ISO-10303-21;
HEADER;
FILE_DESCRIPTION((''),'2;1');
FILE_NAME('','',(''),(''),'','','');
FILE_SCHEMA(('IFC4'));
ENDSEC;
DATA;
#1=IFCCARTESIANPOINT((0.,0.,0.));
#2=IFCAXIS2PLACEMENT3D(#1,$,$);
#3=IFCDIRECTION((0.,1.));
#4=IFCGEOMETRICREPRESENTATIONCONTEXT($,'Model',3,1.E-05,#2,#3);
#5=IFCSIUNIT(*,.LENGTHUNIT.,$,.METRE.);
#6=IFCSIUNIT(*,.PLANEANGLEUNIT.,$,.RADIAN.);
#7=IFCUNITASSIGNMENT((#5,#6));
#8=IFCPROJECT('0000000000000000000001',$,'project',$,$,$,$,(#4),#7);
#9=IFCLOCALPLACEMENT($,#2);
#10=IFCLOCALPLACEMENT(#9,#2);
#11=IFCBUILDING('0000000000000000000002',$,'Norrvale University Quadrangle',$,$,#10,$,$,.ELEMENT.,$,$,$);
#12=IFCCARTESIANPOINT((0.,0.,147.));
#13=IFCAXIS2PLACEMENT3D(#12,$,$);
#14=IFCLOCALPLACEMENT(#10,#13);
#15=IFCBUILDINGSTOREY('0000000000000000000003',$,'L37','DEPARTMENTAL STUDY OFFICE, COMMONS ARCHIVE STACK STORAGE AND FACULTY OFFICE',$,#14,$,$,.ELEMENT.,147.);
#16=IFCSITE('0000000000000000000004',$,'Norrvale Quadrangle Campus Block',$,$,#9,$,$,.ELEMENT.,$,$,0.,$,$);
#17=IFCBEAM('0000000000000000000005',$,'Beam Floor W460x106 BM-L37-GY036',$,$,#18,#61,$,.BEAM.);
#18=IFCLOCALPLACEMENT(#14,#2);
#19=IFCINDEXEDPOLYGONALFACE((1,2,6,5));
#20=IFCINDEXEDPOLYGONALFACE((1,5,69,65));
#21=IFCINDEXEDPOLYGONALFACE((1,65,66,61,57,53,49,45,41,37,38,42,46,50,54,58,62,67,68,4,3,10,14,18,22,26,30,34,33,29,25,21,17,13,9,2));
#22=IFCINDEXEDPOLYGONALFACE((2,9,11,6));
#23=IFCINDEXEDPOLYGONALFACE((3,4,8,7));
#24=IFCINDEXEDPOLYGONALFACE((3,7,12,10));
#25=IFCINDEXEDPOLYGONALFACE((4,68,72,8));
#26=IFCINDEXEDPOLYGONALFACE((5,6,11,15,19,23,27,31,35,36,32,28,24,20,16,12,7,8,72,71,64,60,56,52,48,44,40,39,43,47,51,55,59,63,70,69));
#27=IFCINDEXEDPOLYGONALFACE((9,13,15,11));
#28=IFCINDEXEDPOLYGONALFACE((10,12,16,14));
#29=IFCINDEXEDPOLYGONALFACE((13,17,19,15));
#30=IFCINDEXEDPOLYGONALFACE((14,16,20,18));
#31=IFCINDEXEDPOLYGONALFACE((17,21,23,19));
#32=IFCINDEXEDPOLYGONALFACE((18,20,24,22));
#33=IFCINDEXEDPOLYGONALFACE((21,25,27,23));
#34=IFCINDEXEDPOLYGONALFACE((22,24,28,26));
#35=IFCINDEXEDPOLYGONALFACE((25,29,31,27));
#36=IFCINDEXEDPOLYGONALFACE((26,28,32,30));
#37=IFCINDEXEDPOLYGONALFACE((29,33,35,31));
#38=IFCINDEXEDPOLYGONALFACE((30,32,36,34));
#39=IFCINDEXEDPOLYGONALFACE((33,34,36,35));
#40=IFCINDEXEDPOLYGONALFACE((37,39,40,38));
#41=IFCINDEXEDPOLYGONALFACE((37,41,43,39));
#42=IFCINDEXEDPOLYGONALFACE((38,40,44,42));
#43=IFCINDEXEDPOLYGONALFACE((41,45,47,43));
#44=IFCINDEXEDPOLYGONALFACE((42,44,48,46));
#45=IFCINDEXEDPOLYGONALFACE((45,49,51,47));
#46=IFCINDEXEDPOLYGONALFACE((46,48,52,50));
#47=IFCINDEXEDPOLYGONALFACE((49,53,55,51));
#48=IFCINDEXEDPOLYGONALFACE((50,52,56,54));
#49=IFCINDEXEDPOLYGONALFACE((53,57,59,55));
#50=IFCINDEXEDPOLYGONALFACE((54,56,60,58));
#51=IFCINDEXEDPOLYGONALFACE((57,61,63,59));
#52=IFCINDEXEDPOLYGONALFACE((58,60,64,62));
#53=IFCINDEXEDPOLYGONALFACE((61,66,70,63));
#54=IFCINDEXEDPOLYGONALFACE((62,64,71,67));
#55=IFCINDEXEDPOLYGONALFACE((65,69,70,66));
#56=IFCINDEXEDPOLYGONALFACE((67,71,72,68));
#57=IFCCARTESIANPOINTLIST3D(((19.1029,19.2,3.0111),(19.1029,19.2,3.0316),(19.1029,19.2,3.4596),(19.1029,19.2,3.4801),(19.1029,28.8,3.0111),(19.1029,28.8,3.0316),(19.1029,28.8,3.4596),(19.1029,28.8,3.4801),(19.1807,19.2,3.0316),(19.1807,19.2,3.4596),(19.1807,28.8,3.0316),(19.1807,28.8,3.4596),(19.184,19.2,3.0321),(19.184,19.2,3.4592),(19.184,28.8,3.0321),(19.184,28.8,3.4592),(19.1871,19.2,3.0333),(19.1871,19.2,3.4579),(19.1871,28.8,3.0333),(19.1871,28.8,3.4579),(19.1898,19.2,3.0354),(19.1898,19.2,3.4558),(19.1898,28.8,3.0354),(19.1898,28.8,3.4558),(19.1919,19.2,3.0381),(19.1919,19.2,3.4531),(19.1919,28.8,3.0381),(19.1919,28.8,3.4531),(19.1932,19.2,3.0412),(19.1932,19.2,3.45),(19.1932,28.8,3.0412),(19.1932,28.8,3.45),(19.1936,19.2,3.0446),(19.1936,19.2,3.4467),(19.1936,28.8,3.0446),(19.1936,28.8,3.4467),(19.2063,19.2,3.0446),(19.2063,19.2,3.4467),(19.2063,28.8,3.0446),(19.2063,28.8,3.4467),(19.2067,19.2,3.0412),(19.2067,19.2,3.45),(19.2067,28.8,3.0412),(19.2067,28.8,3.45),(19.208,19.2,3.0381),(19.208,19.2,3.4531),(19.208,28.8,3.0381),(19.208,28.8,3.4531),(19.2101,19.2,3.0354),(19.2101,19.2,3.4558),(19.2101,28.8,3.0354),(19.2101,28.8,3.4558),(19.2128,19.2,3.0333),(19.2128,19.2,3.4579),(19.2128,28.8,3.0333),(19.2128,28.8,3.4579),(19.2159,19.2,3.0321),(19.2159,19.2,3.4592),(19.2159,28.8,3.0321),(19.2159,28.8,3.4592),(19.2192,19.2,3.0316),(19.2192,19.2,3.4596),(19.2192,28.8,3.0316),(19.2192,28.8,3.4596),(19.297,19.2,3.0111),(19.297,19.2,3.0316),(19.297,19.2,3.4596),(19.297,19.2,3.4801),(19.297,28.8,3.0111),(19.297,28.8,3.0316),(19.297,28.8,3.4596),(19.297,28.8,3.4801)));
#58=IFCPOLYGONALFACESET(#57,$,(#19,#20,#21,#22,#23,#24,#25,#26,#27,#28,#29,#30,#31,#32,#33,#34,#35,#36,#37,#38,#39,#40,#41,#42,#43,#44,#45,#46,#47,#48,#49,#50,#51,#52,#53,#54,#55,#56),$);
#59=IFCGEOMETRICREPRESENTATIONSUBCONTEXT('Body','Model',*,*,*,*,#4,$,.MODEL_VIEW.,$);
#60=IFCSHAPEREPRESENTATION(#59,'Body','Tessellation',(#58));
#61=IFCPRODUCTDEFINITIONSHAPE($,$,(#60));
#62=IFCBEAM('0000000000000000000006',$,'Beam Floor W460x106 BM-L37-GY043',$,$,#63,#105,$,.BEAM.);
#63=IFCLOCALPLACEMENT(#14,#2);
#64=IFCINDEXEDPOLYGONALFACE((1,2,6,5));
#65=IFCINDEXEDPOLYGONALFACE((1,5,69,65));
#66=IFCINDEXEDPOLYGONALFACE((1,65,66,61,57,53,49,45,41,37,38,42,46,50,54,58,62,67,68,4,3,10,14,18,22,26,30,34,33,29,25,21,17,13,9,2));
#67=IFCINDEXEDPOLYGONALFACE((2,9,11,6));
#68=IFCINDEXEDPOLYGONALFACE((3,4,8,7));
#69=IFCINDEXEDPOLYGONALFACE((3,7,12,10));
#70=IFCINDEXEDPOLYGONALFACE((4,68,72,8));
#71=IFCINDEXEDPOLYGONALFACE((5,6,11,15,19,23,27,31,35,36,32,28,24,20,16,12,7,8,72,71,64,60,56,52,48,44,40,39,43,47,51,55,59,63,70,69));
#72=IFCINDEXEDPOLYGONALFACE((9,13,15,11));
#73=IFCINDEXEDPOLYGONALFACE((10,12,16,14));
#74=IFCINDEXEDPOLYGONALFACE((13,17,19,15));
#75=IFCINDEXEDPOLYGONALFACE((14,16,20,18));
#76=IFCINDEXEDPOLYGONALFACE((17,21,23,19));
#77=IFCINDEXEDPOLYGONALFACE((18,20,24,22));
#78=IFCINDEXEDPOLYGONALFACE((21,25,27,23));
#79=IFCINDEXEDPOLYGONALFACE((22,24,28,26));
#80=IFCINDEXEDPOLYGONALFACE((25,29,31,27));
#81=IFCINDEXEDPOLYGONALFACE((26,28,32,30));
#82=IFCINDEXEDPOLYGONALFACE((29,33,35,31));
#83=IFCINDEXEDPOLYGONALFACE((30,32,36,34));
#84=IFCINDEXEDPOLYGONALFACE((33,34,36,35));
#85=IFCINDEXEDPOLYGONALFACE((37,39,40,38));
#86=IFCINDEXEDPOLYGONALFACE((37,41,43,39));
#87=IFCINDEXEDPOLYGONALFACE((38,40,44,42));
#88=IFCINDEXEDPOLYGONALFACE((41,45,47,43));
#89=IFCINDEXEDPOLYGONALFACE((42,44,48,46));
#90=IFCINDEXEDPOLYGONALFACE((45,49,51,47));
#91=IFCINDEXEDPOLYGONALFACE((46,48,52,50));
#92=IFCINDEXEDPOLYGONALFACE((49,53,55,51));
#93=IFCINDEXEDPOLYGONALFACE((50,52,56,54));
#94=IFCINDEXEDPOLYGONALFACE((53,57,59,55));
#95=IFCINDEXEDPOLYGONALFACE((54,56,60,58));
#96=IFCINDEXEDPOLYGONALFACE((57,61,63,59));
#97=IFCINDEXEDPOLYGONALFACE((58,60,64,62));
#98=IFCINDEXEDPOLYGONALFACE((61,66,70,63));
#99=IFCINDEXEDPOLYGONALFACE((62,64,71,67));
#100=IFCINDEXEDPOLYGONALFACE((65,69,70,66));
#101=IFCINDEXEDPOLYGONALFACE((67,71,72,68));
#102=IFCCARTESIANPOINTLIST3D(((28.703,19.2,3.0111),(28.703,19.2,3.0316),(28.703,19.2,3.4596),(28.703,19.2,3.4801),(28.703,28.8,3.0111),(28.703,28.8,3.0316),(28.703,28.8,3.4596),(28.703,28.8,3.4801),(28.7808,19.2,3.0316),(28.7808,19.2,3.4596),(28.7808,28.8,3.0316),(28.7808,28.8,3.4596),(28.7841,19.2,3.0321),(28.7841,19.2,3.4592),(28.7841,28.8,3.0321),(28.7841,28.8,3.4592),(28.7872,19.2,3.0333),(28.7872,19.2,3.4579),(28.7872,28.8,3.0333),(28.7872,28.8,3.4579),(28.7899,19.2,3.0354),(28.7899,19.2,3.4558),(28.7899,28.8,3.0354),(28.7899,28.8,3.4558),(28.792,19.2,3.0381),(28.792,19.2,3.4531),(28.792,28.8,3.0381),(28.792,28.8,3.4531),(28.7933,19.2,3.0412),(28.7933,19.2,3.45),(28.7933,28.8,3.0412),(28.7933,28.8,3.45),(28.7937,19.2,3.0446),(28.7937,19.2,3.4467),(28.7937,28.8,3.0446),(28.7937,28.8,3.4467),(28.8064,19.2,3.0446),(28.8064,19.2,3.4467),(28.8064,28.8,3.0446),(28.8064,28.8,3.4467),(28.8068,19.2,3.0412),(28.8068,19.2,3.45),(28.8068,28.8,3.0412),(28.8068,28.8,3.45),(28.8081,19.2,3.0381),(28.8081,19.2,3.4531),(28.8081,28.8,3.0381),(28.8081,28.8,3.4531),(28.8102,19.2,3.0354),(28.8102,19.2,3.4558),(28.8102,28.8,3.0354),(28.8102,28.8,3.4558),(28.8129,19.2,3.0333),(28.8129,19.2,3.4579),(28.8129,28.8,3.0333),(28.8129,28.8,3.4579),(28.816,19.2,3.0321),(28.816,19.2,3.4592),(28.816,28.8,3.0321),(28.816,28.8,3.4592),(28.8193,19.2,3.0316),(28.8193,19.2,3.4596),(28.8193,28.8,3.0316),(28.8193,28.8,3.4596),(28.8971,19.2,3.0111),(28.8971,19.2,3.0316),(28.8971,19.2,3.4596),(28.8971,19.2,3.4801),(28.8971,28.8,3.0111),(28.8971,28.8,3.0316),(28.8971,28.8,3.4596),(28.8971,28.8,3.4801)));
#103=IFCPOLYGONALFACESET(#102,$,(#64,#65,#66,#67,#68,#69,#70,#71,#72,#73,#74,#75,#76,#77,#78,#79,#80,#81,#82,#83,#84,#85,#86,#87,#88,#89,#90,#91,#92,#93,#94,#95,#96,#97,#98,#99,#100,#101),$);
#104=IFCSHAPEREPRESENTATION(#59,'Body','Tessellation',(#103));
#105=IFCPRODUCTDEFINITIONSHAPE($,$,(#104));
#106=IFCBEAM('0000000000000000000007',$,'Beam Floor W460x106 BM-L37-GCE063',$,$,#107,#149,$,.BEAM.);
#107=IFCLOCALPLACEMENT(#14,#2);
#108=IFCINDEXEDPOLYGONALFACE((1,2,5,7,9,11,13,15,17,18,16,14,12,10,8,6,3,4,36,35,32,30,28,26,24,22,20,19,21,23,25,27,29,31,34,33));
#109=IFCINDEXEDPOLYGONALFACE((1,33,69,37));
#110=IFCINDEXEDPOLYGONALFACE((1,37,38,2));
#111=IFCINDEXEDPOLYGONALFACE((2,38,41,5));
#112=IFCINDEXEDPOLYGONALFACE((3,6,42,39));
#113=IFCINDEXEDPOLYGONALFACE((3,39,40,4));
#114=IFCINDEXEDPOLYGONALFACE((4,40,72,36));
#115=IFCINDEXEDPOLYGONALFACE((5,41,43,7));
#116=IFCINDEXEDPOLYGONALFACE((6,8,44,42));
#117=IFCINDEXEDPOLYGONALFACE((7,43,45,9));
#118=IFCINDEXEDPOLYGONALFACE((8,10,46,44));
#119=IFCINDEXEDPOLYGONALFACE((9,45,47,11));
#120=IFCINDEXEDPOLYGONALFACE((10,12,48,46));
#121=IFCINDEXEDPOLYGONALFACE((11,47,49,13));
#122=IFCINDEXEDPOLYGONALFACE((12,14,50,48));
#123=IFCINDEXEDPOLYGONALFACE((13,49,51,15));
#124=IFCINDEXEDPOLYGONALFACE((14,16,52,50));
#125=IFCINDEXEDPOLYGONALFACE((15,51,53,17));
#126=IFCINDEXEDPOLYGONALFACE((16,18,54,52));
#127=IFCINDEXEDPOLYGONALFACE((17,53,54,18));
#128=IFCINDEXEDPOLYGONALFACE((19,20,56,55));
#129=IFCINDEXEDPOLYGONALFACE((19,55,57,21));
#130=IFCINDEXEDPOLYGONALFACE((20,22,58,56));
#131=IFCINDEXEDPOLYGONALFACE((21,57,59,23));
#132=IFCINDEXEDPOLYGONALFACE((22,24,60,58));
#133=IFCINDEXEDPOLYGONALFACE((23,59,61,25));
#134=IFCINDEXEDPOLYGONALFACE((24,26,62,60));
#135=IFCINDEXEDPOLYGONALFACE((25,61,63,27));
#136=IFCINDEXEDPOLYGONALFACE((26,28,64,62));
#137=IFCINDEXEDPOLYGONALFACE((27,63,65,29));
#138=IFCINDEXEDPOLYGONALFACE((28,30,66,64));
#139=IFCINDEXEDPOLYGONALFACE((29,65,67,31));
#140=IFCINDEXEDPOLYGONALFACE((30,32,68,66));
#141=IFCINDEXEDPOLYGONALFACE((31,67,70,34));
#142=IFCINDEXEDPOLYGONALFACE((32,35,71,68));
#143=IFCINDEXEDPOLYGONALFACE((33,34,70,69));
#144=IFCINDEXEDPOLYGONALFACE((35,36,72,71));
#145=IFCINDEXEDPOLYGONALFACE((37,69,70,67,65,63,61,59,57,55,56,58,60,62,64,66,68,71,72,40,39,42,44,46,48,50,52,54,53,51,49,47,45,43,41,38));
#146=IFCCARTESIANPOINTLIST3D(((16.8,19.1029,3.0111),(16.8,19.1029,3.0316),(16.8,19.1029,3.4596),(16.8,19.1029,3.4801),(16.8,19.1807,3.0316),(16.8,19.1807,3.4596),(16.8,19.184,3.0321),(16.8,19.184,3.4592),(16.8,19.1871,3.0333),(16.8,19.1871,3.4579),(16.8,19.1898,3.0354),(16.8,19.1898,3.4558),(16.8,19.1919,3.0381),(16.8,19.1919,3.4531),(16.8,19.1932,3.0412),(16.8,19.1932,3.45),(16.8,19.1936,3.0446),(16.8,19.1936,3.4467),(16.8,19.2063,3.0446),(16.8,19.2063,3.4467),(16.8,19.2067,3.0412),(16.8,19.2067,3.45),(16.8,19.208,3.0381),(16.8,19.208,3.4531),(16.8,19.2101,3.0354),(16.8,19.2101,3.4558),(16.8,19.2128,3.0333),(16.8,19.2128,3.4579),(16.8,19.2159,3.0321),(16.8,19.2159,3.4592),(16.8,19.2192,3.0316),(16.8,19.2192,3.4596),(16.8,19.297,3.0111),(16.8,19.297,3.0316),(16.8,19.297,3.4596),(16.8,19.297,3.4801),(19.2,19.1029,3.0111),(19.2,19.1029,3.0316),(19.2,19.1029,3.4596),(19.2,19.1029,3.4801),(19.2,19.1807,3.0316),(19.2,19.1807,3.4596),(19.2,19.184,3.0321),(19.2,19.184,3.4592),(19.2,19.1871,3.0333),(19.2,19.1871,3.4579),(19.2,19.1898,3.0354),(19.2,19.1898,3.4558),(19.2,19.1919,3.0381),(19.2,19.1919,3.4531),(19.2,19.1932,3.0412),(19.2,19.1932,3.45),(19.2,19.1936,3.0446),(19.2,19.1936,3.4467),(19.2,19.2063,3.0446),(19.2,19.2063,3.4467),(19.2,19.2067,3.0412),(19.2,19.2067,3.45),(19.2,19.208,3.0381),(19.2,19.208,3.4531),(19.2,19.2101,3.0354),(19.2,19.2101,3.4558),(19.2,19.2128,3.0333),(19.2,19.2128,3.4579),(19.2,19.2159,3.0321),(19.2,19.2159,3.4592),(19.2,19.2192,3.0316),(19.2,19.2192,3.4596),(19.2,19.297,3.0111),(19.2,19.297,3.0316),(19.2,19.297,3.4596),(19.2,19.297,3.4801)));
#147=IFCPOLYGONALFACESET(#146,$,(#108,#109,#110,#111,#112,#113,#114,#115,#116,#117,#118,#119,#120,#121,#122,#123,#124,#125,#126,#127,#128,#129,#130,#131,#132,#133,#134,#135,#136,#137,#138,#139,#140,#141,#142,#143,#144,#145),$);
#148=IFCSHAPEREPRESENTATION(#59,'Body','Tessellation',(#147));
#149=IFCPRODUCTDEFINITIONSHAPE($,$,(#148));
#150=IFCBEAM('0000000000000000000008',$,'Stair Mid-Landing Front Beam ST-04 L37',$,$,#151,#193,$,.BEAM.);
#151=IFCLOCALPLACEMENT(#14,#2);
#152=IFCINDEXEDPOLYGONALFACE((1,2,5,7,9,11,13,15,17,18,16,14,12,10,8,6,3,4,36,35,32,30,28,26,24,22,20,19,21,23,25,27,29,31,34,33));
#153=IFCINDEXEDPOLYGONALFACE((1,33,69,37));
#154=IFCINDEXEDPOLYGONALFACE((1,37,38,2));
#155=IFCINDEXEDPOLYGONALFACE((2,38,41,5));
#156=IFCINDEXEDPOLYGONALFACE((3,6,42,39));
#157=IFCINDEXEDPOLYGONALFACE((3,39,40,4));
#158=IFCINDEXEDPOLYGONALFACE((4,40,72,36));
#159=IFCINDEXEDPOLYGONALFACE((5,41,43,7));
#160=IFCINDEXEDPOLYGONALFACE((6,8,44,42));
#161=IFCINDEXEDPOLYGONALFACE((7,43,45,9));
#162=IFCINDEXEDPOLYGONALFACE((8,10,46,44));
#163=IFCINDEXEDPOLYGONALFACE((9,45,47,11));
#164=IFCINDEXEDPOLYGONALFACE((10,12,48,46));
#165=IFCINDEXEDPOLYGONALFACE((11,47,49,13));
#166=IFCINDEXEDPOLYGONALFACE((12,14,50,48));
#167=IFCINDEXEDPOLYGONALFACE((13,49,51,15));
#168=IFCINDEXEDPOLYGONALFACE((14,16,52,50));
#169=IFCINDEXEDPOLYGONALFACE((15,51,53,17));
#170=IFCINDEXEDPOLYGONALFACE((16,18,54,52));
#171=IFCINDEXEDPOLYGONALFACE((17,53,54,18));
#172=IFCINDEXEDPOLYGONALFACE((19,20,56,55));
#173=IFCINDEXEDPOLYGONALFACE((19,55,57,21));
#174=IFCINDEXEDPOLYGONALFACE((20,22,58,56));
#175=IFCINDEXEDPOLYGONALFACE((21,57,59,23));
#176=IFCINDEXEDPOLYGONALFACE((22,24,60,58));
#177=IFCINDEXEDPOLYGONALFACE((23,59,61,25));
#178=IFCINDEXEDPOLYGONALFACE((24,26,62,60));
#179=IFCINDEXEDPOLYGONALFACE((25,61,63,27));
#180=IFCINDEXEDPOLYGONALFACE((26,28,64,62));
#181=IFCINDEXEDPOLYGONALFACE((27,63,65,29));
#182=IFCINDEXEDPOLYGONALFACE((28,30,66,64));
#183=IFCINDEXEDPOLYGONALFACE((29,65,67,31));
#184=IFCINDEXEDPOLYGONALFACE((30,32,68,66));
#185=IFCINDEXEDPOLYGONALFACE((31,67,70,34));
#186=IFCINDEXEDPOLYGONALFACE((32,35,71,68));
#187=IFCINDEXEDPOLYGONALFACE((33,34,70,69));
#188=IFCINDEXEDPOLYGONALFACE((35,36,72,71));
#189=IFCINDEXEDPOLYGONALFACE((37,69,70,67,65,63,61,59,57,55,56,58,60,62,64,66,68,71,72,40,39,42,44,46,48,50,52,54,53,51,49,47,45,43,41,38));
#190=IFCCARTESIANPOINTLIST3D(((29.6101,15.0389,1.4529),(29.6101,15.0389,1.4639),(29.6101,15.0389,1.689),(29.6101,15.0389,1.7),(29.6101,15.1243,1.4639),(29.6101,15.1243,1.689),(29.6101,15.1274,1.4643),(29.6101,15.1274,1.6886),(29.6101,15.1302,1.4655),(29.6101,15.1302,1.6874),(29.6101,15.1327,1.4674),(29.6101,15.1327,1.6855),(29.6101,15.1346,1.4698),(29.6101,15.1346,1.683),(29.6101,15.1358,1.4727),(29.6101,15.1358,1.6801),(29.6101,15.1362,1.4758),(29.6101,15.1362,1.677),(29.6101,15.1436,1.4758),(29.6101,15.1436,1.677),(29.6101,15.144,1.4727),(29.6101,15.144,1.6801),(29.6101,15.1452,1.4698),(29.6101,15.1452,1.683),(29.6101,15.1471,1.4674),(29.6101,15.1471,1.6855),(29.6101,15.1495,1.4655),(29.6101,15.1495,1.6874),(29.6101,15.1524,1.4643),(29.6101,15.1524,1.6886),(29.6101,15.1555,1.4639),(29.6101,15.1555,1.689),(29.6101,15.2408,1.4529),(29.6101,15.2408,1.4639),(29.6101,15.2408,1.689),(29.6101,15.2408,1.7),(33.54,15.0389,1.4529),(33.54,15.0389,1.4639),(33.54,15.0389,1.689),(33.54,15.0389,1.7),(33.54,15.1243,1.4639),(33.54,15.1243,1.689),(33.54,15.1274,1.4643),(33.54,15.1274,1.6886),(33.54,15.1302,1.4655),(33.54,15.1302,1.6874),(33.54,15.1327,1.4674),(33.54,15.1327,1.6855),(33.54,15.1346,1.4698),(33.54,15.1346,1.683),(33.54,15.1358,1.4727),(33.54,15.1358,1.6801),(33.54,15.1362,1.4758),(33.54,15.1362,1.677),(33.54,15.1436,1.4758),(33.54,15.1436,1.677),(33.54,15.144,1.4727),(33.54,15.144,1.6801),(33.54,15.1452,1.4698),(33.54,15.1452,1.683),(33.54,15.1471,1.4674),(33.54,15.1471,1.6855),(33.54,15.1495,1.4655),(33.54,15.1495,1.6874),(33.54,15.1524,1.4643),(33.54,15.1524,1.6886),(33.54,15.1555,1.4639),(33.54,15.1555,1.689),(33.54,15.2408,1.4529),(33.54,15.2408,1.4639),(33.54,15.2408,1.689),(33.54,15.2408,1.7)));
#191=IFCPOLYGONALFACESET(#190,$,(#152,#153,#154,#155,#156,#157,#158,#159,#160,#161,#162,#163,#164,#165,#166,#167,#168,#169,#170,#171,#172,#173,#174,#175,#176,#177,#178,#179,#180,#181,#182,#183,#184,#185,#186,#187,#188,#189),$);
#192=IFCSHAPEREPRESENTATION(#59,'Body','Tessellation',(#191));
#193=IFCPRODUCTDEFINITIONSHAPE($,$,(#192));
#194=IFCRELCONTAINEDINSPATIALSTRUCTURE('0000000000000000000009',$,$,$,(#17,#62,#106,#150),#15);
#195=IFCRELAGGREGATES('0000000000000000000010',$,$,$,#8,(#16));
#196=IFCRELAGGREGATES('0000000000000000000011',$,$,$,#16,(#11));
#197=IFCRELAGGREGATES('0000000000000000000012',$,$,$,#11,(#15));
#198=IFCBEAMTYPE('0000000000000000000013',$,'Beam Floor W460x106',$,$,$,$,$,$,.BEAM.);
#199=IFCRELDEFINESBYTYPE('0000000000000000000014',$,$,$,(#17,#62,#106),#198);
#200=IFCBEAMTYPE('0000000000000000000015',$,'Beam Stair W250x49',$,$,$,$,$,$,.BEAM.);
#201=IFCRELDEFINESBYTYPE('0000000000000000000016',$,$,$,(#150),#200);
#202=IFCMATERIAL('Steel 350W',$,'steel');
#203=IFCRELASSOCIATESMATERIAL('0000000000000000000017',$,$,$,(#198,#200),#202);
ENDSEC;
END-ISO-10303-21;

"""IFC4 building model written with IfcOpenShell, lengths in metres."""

from ifc_helpers import new_model, si_unit, direction, frame, origin, origin_2d, place, context, subcontext, project, spatial, i_section, extrude, material, material_profile, profile_set, type_object, element, save


model = new_model("IFC4")

# Units and contexts
model_context = context("Model", 3, precision=1e-05, world=origin(), true_north=direction((0.0, 1.0)))
body_context = subcontext(model_context, "Body", "Model", "MODEL_VIEW")
ifc_project = project(units=[si_unit("LENGTHUNIT", "METRE"), si_unit("PLANEANGLEUNIT", "RADIAN")], contexts=[model_context])

# Site, building, storey
site_placement = place(None, origin())
site = spatial("IfcSite", under=ifc_project, at=site_placement, Name="Norrvale Quadrangle Campus Block", CompositionType="ELEMENT", RefElevation=0.0)
building_placement = place(site_placement, origin())
building = spatial("IfcBuilding", under=site, at=building_placement, Name="Norrvale University Quadrangle", CompositionType="ELEMENT")
storey_placement = place(building_placement, frame((0.0, 0.0, 147.0)))
storey = spatial("IfcBuildingStorey", under=building, at=storey_placement, Name="L37", Description="DEPARTMENTAL STUDY OFFICE, COMMONS ARCHIVE STACK STORAGE AND FACULTY OFFICE", CompositionType="ELEMENT", Elevation=147.0)

# Beams
ifc_material_1 = material(Name="Steel 350W", Category="steel")
ifc_material_profile_1 = material_profile(ifc_material_1, i_section(OverallWidth=0.1941, OverallDepth=0.469, WebThickness=0.0127, FlangeThickness=0.0205, FilletRadius=0.0129, at=origin_2d()), Name="Steel 350W")
ifc_profile_set_1 = profile_set([ifc_material_profile_1], Name="Steel 350W")
beam_type_1 = type_object("IfcBeamType", Name="Beam Floor W460x106", PredefinedType="BEAM", material=ifc_profile_set_1)
for number, where, z_axis, x_axis, name in (
    (1, (19.2, 19.2, 3.2456), (0.0, 1.0, 0.0), (-1.0, 0.0, 0.0), "Beam Floor W460x106 BM-L37-GY036"),
    (2, (28.8, 19.2, 3.2456), (0.0, 1.0, 0.0), (-1.0, 0.0, 0.0), "Beam Floor W460x106 BM-L37-GY043"),
):
    element("IfcBeam", number, at=place(storey_placement, frame(where, z_axis=z_axis, x_axis=x_axis)), inside=storey, type_object=beam_type_1, Name=name, PredefinedType="BEAM", context=body_context, shape_type="SweptSolid", body=[
        extrude(i_section(OverallWidth=0.1941, OverallDepth=0.469, WebThickness=0.0127, FlangeThickness=0.0205, FilletRadius=0.0129, at=origin_2d()), origin(), (0.0, 0.0, 1.0), 9.6001),
    ])
beam_1_placement = place(storey_placement, frame((16.8, 19.2, 3.2456), z_axis=(1.0, 0.0, 0.0), x_axis=(0.0, 1.0, 0.0)))
element("IfcBeam", 3, at=beam_1_placement, inside=storey, type_object=beam_type_1, Name="Beam Floor W460x106 BM-L37-GCE063", PredefinedType="BEAM", context=body_context, shape_type="SweptSolid", body=[
    extrude(i_section(OverallWidth=0.1941, OverallDepth=0.469, WebThickness=0.0127, FlangeThickness=0.0205, FilletRadius=0.0129, at=origin_2d()), origin(), (0.0, 0.0, 1.0), 2.3999),
])
ifc_material_profile_2 = material_profile(ifc_material_1, i_section(OverallWidth=0.2019, OverallDepth=0.2471, WebThickness=0.0073, FlangeThickness=0.011, FilletRadius=0.012, at=origin_2d()), Name="Steel 350W")
ifc_profile_set_2 = profile_set([ifc_material_profile_2], Name="Steel 350W")
beam_type_2 = type_object("IfcBeamType", Name="Beam Stair W250x49", PredefinedType="BEAM", material=ifc_profile_set_2)
for number, where, z_axis, x_axis, name in (
    (4, (29.6101, 15.1399, 1.5764), (1.0, 0.0, 0.0), (0.0, 1.0, 0.0), "Stair Mid-Landing Front Beam ST-04 L37"),
):
    element("IfcBeam", number, at=place(storey_placement, frame(where, z_axis=z_axis, x_axis=x_axis)), inside=storey, type_object=beam_type_2, Name=name, PredefinedType="BEAM", context=body_context, shape_type="SweptSolid", body=[
        extrude(i_section(OverallWidth=0.2019, OverallDepth=0.2471, WebThickness=0.0073, FlangeThickness=0.011, FilletRadius=0.012, at=origin_2d()), origin(), (0.0, 0.0, 1.0), 3.9299),
    ])

save(model, "model.ifc")
